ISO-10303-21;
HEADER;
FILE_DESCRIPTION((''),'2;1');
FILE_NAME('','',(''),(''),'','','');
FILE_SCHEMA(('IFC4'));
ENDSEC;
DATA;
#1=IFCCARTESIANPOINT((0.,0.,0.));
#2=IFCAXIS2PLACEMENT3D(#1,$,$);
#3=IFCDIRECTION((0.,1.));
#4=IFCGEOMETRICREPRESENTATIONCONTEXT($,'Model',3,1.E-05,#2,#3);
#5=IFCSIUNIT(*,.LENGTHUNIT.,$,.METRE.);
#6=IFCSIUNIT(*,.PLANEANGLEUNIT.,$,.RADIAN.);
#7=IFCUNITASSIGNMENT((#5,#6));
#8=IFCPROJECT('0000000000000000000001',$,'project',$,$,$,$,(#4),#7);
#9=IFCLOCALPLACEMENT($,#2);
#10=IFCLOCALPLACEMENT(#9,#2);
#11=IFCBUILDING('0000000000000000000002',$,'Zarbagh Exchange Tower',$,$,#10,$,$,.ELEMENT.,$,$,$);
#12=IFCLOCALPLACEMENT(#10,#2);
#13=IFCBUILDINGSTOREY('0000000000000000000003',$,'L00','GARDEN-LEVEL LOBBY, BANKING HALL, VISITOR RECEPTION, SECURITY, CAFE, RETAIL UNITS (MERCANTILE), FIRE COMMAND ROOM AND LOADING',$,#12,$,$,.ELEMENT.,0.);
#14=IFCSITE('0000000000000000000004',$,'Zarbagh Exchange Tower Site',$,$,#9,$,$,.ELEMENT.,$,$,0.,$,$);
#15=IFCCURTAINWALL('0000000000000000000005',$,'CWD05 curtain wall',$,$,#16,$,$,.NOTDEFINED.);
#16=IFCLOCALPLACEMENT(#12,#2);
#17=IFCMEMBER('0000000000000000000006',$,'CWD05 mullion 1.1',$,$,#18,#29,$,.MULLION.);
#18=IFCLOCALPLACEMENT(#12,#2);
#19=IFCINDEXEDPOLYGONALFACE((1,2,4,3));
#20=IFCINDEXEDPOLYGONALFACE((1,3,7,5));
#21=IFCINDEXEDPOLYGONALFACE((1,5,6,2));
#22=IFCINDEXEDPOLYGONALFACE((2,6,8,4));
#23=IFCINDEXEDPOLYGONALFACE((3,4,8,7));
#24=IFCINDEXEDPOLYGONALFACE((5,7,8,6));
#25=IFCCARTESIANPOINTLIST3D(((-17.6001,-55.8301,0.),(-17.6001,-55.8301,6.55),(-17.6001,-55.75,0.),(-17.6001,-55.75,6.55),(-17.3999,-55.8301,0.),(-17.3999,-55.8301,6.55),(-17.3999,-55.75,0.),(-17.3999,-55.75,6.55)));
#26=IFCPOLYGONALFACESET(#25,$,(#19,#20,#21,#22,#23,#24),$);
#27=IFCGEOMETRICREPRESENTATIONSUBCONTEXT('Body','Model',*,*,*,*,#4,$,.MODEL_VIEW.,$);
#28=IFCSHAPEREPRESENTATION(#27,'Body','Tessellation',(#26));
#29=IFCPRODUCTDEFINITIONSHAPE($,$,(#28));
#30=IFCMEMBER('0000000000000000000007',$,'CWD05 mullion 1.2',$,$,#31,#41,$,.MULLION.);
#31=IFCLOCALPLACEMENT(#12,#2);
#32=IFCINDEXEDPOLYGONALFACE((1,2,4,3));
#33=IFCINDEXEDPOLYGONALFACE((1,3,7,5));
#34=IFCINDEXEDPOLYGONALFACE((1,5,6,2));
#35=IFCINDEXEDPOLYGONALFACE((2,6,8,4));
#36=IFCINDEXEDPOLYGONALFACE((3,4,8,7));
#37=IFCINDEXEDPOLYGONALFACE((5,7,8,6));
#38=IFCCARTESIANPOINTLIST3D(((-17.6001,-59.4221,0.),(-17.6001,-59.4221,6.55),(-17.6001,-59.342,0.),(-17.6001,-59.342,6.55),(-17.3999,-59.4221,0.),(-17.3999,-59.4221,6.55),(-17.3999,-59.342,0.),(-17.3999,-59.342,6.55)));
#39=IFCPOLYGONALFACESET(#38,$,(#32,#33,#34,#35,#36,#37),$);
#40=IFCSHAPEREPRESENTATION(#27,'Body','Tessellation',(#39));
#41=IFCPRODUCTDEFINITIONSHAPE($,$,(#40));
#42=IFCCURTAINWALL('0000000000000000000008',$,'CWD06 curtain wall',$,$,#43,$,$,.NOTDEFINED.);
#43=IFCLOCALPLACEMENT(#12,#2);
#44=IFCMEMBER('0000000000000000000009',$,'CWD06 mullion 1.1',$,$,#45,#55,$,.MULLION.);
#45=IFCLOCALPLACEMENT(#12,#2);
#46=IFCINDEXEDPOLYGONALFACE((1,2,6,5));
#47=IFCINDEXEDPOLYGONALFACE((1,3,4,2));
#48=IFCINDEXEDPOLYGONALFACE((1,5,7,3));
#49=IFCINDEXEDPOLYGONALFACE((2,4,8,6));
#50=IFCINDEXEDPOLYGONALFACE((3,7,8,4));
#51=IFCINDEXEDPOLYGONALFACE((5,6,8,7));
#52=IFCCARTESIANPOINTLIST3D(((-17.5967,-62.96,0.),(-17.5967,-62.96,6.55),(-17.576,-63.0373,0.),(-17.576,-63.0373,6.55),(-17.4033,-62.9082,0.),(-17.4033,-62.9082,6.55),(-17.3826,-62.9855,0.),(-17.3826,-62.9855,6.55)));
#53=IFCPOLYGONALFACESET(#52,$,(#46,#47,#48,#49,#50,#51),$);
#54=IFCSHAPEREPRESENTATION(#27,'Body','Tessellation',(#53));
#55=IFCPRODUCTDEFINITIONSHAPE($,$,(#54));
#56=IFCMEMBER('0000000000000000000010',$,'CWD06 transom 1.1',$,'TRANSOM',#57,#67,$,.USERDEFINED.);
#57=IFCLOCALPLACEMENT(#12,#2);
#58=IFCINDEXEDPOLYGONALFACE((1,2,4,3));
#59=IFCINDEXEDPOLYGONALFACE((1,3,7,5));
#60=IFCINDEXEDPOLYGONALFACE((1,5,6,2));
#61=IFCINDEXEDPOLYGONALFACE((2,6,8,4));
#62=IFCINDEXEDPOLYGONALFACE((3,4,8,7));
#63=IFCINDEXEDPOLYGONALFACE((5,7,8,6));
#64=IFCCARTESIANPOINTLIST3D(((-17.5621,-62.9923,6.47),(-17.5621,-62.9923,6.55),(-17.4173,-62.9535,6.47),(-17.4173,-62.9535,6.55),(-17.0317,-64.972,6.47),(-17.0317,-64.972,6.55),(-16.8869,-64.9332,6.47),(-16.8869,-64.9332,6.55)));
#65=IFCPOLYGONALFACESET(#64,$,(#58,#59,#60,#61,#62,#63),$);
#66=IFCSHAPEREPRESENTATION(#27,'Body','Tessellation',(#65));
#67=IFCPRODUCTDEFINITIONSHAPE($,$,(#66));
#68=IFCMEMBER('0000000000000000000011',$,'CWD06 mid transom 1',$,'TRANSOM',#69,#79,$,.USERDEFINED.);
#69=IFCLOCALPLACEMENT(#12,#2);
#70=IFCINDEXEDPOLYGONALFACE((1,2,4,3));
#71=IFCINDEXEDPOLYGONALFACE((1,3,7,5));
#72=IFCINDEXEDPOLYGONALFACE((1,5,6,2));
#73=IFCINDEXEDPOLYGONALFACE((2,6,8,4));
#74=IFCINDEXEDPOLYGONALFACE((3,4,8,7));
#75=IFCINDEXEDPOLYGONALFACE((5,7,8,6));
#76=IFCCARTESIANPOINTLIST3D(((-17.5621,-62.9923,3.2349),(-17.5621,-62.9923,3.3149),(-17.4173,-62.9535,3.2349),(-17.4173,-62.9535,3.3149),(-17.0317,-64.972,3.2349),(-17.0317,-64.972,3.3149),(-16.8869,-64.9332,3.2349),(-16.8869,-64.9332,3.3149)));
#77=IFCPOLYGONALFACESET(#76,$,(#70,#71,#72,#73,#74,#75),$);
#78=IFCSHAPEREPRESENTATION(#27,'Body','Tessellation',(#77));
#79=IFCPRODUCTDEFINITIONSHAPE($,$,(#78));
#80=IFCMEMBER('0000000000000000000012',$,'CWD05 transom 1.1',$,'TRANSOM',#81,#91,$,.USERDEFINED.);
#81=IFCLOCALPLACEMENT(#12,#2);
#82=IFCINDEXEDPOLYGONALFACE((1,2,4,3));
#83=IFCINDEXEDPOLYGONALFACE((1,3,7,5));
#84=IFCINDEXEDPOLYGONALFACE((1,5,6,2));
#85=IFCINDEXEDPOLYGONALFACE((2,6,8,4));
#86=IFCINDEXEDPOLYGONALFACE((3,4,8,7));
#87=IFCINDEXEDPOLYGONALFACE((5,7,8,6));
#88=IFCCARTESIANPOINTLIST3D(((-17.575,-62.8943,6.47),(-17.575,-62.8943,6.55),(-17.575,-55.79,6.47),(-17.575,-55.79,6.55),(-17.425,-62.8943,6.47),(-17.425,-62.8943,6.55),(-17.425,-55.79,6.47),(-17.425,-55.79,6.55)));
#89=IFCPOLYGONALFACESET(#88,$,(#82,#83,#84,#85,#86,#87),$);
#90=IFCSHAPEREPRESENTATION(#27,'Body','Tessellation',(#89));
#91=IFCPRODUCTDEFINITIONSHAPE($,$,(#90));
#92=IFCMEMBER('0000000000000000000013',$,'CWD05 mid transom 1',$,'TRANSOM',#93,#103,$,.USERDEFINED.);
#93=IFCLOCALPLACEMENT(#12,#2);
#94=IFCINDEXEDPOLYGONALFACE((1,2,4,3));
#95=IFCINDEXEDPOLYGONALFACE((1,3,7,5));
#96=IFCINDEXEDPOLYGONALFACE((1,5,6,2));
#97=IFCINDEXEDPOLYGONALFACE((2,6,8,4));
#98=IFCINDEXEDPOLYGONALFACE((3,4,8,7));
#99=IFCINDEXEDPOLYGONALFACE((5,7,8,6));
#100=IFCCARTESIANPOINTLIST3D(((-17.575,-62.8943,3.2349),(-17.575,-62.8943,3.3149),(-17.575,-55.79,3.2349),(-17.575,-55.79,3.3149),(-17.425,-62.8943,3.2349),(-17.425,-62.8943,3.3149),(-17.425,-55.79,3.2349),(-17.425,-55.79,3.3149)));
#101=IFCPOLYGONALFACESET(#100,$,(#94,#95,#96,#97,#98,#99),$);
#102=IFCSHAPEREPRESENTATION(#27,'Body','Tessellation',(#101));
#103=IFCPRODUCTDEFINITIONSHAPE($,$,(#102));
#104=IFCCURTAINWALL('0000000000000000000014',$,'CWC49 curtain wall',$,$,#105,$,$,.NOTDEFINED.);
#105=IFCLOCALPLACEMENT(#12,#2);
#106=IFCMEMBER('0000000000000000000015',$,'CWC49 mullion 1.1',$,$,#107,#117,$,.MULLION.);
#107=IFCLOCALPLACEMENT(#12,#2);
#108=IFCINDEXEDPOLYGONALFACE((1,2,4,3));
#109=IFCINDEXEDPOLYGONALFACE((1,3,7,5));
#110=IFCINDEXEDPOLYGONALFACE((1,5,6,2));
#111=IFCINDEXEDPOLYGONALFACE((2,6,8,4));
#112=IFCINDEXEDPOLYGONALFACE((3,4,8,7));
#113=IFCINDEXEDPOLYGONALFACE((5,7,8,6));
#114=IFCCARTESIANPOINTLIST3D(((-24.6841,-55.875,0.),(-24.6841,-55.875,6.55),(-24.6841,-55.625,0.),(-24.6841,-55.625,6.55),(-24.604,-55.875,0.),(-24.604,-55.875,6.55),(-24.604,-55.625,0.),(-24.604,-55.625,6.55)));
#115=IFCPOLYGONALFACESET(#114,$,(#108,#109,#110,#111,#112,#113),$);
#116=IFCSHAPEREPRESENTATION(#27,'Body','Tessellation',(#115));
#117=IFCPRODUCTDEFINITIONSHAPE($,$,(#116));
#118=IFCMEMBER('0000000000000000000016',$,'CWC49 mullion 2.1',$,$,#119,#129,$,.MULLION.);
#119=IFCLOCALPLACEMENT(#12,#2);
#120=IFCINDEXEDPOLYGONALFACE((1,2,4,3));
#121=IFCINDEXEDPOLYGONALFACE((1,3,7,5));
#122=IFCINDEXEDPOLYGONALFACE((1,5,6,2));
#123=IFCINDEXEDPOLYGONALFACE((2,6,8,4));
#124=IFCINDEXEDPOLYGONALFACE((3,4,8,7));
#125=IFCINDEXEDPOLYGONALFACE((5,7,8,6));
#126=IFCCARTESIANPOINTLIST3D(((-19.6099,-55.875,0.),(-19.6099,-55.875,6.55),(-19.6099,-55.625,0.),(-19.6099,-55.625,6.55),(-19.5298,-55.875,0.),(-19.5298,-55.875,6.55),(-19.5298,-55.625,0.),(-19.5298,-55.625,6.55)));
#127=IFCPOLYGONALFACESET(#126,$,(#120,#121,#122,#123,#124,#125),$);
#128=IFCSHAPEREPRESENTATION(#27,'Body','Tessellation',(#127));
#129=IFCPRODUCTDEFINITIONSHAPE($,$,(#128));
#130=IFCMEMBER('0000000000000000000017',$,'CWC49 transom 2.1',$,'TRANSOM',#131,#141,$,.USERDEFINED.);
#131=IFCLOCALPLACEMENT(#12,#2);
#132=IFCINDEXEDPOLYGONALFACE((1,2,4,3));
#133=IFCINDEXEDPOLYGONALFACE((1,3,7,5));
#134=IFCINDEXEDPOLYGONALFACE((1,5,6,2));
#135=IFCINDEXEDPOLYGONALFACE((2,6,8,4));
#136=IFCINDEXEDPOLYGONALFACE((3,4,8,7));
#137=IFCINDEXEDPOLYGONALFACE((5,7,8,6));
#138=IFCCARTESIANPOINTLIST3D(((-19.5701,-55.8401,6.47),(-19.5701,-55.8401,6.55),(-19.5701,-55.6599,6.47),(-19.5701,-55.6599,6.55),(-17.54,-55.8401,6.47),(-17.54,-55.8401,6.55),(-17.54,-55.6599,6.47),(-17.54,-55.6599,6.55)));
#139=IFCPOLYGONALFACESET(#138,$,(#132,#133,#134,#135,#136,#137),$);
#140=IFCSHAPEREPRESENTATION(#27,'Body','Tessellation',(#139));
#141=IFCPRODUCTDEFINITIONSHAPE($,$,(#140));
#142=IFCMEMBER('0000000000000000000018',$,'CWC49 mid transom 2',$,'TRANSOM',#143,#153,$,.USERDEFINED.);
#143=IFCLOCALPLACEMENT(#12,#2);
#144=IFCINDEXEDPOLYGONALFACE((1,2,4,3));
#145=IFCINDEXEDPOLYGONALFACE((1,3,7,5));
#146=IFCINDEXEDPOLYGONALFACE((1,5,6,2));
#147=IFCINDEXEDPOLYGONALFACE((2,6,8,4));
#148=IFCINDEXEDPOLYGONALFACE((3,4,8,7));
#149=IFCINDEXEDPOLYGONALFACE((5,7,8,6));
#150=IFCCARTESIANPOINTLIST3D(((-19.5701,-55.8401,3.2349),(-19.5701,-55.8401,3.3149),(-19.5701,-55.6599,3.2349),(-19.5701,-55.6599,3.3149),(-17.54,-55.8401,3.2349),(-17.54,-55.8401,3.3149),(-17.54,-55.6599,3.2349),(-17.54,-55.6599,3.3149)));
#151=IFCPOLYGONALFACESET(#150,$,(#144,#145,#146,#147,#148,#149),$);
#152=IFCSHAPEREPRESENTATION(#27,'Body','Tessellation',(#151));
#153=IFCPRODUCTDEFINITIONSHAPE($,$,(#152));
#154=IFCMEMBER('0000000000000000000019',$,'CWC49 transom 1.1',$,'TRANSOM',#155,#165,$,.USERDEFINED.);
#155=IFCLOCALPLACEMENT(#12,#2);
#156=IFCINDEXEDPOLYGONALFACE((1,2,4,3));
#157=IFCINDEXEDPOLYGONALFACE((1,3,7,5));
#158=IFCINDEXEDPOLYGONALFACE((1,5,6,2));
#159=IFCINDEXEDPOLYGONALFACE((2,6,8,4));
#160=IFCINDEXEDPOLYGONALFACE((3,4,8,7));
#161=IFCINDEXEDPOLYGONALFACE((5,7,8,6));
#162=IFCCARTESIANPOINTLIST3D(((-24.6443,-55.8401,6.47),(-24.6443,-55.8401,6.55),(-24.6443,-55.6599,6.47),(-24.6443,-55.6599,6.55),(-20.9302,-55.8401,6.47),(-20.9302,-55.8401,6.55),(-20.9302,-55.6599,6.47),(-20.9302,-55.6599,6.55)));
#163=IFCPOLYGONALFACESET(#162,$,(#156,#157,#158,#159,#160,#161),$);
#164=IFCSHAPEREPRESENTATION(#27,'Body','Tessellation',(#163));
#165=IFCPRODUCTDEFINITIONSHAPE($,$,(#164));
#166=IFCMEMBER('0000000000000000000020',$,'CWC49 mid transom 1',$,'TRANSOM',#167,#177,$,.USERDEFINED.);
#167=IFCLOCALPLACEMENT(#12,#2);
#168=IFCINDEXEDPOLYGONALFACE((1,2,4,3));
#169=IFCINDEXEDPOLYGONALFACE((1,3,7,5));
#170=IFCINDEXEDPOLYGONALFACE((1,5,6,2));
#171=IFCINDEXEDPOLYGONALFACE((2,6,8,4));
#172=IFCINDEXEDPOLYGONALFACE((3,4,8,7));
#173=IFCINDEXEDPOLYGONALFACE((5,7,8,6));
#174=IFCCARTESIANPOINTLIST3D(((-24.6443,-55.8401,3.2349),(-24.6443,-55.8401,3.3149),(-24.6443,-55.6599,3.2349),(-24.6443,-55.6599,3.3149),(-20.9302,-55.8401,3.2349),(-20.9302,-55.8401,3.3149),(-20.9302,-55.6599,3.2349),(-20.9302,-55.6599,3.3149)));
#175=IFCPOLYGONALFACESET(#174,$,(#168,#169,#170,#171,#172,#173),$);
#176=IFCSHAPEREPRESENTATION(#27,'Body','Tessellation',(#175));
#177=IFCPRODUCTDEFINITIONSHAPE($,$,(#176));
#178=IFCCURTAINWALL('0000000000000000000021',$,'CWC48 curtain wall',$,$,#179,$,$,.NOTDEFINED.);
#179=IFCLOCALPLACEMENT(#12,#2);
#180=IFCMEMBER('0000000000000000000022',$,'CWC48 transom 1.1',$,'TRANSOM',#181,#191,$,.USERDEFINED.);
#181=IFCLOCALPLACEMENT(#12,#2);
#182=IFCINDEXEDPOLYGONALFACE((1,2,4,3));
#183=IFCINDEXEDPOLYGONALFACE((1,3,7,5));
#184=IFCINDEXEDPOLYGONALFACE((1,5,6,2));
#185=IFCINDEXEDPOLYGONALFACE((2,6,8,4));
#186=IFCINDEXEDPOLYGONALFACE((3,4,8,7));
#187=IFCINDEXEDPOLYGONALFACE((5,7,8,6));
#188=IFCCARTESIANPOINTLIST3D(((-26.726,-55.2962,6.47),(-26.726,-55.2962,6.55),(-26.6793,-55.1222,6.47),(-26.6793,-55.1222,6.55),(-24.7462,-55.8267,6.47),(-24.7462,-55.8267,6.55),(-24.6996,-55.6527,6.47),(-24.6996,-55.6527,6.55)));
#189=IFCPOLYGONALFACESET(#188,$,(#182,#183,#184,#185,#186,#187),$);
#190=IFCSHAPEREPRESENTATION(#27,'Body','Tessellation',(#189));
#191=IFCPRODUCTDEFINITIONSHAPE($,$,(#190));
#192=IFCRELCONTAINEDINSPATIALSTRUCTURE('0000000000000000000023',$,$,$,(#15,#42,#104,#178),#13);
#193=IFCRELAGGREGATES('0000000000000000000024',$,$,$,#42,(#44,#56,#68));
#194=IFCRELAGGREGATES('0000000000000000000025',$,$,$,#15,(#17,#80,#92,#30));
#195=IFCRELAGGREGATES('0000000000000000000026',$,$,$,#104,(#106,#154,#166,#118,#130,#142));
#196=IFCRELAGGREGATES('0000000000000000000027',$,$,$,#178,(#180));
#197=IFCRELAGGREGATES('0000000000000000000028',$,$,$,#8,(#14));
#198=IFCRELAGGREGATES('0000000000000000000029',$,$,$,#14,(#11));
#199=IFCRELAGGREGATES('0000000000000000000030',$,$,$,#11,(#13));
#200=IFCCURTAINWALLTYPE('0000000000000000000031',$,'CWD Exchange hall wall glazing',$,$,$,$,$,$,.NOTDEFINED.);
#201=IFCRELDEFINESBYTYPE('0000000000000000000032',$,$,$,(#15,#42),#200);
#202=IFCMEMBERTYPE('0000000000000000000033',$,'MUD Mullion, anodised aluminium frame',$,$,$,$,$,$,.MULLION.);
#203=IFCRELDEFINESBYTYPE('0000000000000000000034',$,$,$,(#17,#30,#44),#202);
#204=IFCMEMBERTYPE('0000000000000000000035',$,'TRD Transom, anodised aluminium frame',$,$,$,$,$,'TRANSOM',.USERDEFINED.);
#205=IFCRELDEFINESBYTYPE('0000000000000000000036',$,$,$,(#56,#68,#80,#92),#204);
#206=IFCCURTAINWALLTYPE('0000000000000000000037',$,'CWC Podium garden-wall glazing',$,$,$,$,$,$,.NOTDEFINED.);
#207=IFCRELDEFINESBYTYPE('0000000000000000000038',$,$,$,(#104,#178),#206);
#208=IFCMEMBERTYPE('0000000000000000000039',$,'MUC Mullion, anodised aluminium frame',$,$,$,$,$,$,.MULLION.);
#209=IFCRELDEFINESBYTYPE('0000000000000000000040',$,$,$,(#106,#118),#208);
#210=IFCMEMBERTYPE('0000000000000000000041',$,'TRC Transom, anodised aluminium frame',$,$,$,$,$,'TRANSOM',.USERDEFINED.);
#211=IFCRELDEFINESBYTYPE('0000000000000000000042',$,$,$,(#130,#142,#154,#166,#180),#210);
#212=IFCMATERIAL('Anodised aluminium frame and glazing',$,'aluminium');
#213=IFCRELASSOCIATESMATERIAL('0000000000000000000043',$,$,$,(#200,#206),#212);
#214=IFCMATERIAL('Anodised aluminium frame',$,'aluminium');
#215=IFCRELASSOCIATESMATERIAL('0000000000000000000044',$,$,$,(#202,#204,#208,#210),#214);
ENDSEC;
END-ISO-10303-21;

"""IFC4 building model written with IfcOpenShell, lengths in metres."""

from ifc_helpers import new_model, si_unit, direction, origin, place, context, subcontext, project, spatial, polyline, outline, extrude, source, transform, mapped, material, type_object, element, aggregate, save


model = new_model("IFC4")

# Units and contexts
model_context = context("Model", 3, precision=1e-05, world=origin(), true_north=direction((0.0, 1.0)))
body_context = subcontext(model_context, "Body", "Model", "MODEL_VIEW")
ifc_project = project(units=[si_unit("LENGTHUNIT", "METRE"), si_unit("PLANEANGLEUNIT", "RADIAN")], contexts=[model_context])

# Site, building, storey
site_placement = place(None, origin())
site = spatial("IfcSite", under=ifc_project, at=site_placement, Name="Zarbagh Exchange Tower Site", CompositionType="ELEMENT", RefElevation=0.0)
building_placement = place(site_placement, origin())
building = spatial("IfcBuilding", under=site, at=building_placement, Name="Zarbagh Exchange Tower", CompositionType="ELEMENT")
storey_placement = place(building_placement, origin())
storey = spatial("IfcBuildingStorey", under=building, at=storey_placement, Name="L00", Description="GARDEN-LEVEL LOBBY, BANKING HALL, VISITOR RECEPTION, SECURITY, CAFE, RETAIL UNITS (MERCANTILE), FIRE COMMAND ROOM AND LOADING", CompositionType="ELEMENT", Elevation=0.0)

# Curtain walls, members
ifc_material_1 = material(Name="Anodised aluminium frame and glazing", Category="aluminium")
curtain_wall_type_1 = type_object("IfcCurtainWallType", Name="CWD Exchange hall wall glazing", PredefinedType="NOTDEFINED", material=ifc_material_1)
curtain_wall_1_placement = place(storey_placement, origin())
curtain_wall_1 = element("IfcCurtainWall", 1, at=curtain_wall_1_placement, inside=storey, type_object=curtain_wall_type_1, Name="CWD05 curtain wall", PredefinedType="NOTDEFINED")
ifc_material_2 = material(Name="Anodised aluminium frame", Category="aluminium")
member_type_1 = type_object("IfcMemberType", Name="MUD Mullion, anodised aluminium frame", PredefinedType="MULLION", material=ifc_material_2)
shared_shape_1 = source(origin(), body_context, "Body", "SweptSolid", [
    extrude(outline(polyline([(0.0, -0.1001), (0.0801, -0.1001), (0.0801, 0.1001), (0.0, 0.1001), (0.0, -0.1001)])), origin(), (0.0, 0.0, 1.0), 6.55),
])
placement = place(storey_placement, origin())
member_1 = element("IfcMember", 2, at=placement, type_object=member_type_1, Name="CWD05 mullion 1.1", PredefinedType="MULLION", context=body_context, shape_type="MappedRepresentation", body=[
    mapped(shared_shape_1, transform((-17.5, -55.75, 0.0), x_axis=(0.0, -1.0, 0.0), y_axis=(1.0, 0.0, 0.0), z_axis=(0.0, 0.0, 1.0))),
])
member_2 = element("IfcMember", 3, at=placement, type_object=member_type_1, Name="CWD05 mullion 1.2", PredefinedType="MULLION", context=body_context, shape_type="MappedRepresentation", body=[
    mapped(shared_shape_1, transform((-17.5, -59.342, 0.0), x_axis=(0.0, -1.0, 0.0), y_axis=(1.0, 0.0, 0.0), z_axis=(0.0, 0.0, 1.0))),
])
curtain_wall_2_placement = place(storey_placement, origin())
curtain_wall_2 = element("IfcCurtainWall", 4, at=curtain_wall_2_placement, inside=storey, type_object=curtain_wall_type_1, Name="CWD06 curtain wall", PredefinedType="NOTDEFINED")
member_3 = element("IfcMember", 5, at=placement, type_object=member_type_1, Name="CWD06 mullion 1.1", PredefinedType="MULLION", context=body_context, shape_type="MappedRepresentation", body=[
    mapped(shared_shape_1, transform((-17.5, -62.9341, 0.0), x_axis=(0.258825, -0.965924, 0.0), y_axis=(0.965924, 0.258825, 0.0), z_axis=(0.0, 0.0, 1.0))),
])
member_type_2 = type_object("IfcMemberType", Name="TRD Transom, anodised aluminium frame", ElementType="TRANSOM", PredefinedType="USERDEFINED", material=ifc_material_2)
shared_shape_2 = source(origin(), body_context, "Body", "SweptSolid", [
    extrude(outline(polyline([(-0.0801, -0.075), (0.0, -0.075), (0.0, 0.075), (-0.0801, 0.075), (-0.0801, -0.075)])), origin(), (0.0, 0.0, 1.0), 2.0496),
])
member_4 = element("IfcMember", 6, at=placement, type_object=member_type_2, Name="CWD06 transom 1.1", ObjectType="TRANSOM", PredefinedType="USERDEFINED", context=body_context, shape_type="MappedRepresentation", body=[
    mapped(shared_shape_2, transform((-17.4897, -62.9729, 6.55), x_axis=(0.0, 0.0, 1.0), y_axis=(-0.965924, -0.258825, 0.0), z_axis=(0.258825, -0.965924, 0.0))),
])
shared_shape_3 = source(origin(), body_context, "Body", "SweptSolid", [
    extrude(outline(polyline([(-0.04, -0.075), (0.04, -0.075), (0.04, 0.075), (-0.04, 0.075), (-0.04, -0.075)])), origin(), (0.0, 0.0, 1.0), 2.0496),
])
member_5 = element("IfcMember", 7, at=placement, type_object=member_type_2, Name="CWD06 mid transom 1", ObjectType="TRANSOM", PredefinedType="USERDEFINED", context=body_context, shape_type="MappedRepresentation", body=[
    mapped(shared_shape_3, transform((-17.4897, -62.9729, 3.2749), x_axis=(0.0, 0.0, 1.0), y_axis=(-0.965924, -0.258825, 0.0), z_axis=(0.258825, -0.965924, 0.0))),
])

# Members
shared_shape_4 = source(origin(), body_context, "Body", "SweptSolid", [
    extrude(outline(polyline([(-0.0801, -0.075), (0.0, -0.075), (0.0, 0.075), (-0.0801, 0.075), (-0.0801, -0.075)])), origin(), (0.0, 0.0, 1.0), 7.1042),
])
member_6 = element("IfcMember", 8, at=placement, type_object=member_type_2, Name="CWD05 transom 1.1", ObjectType="TRANSOM", PredefinedType="USERDEFINED", context=body_context, shape_type="MappedRepresentation", body=[
    mapped(shared_shape_4, transform((-17.5, -55.79, 6.55), x_axis=(0.0, 0.0, 1.0), y_axis=(-1.0, 0.0, 0.0), z_axis=(0.0, -1.0, 0.0))),
])
shared_shape_5 = source(origin(), body_context, "Body", "SweptSolid", [
    extrude(outline(polyline([(-0.04, -0.075), (0.04, -0.075), (0.04, 0.075), (-0.04, 0.075), (-0.04, -0.075)])), origin(), (0.0, 0.0, 1.0), 7.1042),
])
member_7 = element("IfcMember", 9, at=placement, type_object=member_type_2, Name="CWD05 mid transom 1", ObjectType="TRANSOM", PredefinedType="USERDEFINED", context=body_context, shape_type="MappedRepresentation", body=[
    mapped(shared_shape_5, transform((-17.5, -55.79, 3.2749), x_axis=(0.0, 0.0, 1.0), y_axis=(-1.0, 0.0, 0.0), z_axis=(0.0, -1.0, 0.0))),
])

# Curtain wall, members
curtain_wall_type_2 = type_object("IfcCurtainWallType", Name="CWC Podium garden-wall glazing", PredefinedType="NOTDEFINED", material=ifc_material_1)
curtain_wall_3_placement = place(storey_placement, origin())
curtain_wall_3 = element("IfcCurtainWall", 10, at=curtain_wall_3_placement, inside=storey, type_object=curtain_wall_type_2, Name="CWC49 curtain wall", PredefinedType="NOTDEFINED")
member_type_3 = type_object("IfcMemberType", Name="MUC Mullion, anodised aluminium frame", PredefinedType="MULLION", material=ifc_material_2)
shared_shape_6 = source(origin(), body_context, "Body", "SweptSolid", [
    extrude(outline(polyline([(0.0, -0.125), (0.0801, -0.125), (0.0801, 0.125), (0.0, 0.125), (0.0, -0.125)])), origin(), (0.0, 0.0, 1.0), 6.55),
])
member_8 = element("IfcMember", 11, at=placement, type_object=member_type_3, Name="CWC49 mullion 1.1", PredefinedType="MULLION", context=body_context, shape_type="MappedRepresentation", body=[
    mapped(shared_shape_6, transform((-24.6841, -55.75, 0.0), x_axis=(1.0, 0.0, 0.0), y_axis=(0.0, 1.0, 0.0), z_axis=(0.0, 0.0, 1.0))),
])
member_9 = element("IfcMember", 12, at=placement, type_object=member_type_3, Name="CWC49 mullion 2.1", PredefinedType="MULLION", context=body_context, shape_type="MappedRepresentation", body=[
    mapped(shared_shape_6, transform((-19.6099, -55.75, 0.0), x_axis=(1.0, 0.0, 0.0), y_axis=(0.0, 1.0, 0.0), z_axis=(0.0, 0.0, 1.0))),
])
member_type_4 = type_object("IfcMemberType", Name="TRC Transom, anodised aluminium frame", ElementType="TRANSOM", PredefinedType="USERDEFINED", material=ifc_material_2)
shared_shape_7 = source(origin(), body_context, "Body", "SweptSolid", [
    extrude(outline(polyline([(-0.0801, -0.0901), (0.0, -0.0901), (0.0, 0.0901), (-0.0801, 0.0901), (-0.0801, -0.0901)])), origin(), (0.0, 0.0, 1.0), 2.03),
])
member_10 = element("IfcMember", 13, at=placement, type_object=member_type_4, Name="CWC49 transom 2.1", ObjectType="TRANSOM", PredefinedType="USERDEFINED", context=body_context, shape_type="MappedRepresentation", body=[
    mapped(shared_shape_7, transform((-19.5701, -55.75, 6.55), x_axis=(0.0, 0.0, 1.0), y_axis=(0.0, -1.0, 0.0), z_axis=(1.0, 0.0, 0.0))),
])
shared_shape_8 = source(origin(), body_context, "Body", "SweptSolid", [
    extrude(outline(polyline([(-0.04, -0.0901), (0.04, -0.0901), (0.04, 0.0901), (-0.04, 0.0901), (-0.04, -0.0901)])), origin(), (0.0, 0.0, 1.0), 2.03),
])
member_11 = element("IfcMember", 14, at=placement, type_object=member_type_4, Name="CWC49 mid transom 2", ObjectType="TRANSOM", PredefinedType="USERDEFINED", context=body_context, shape_type="MappedRepresentation", body=[
    mapped(shared_shape_8, transform((-19.5701, -55.75, 3.2749), x_axis=(0.0, 0.0, 1.0), y_axis=(0.0, -1.0, 0.0), z_axis=(1.0, 0.0, 0.0))),
])
shared_shape_9 = source(origin(), body_context, "Body", "SweptSolid", [
    extrude(outline(polyline([(-0.0801, -0.0901), (0.0, -0.0901), (0.0, 0.0901), (-0.0801, 0.0901), (-0.0801, -0.0901)])), origin(), (0.0, 0.0, 1.0), 3.7141),
])
member_12 = element("IfcMember", 15, at=placement, type_object=member_type_4, Name="CWC49 transom 1.1", ObjectType="TRANSOM", PredefinedType="USERDEFINED", context=body_context, shape_type="MappedRepresentation", body=[
    mapped(shared_shape_9, transform((-24.6443, -55.75, 6.55), x_axis=(0.0, 0.0, 1.0), y_axis=(0.0, -1.0, 0.0), z_axis=(1.0, 0.0, 0.0))),
])
shared_shape_10 = source(origin(), body_context, "Body", "SweptSolid", [
    extrude(outline(polyline([(-0.04, -0.0901), (0.04, -0.0901), (0.04, 0.0901), (-0.04, 0.0901), (-0.04, -0.0901)])), origin(), (0.0, 0.0, 1.0), 3.7141),
])
member_13 = element("IfcMember", 16, at=placement, type_object=member_type_4, Name="CWC49 mid transom 1", ObjectType="TRANSOM", PredefinedType="USERDEFINED", context=body_context, shape_type="MappedRepresentation", body=[
    mapped(shared_shape_10, transform((-24.6443, -55.75, 3.2749), x_axis=(0.0, 0.0, 1.0), y_axis=(0.0, -1.0, 0.0), z_axis=(1.0, 0.0, 0.0))),
])

# Curtain wall, member
curtain_wall_4_placement = place(storey_placement, origin())
curtain_wall_4 = element("IfcCurtainWall", 17, at=curtain_wall_4_placement, inside=storey, type_object=curtain_wall_type_2, Name="CWC48 curtain wall", PredefinedType="NOTDEFINED")
shared_shape_11 = source(origin(), body_context, "Body", "SweptSolid", [
    extrude(outline(polyline([(-0.0801, -0.0901), (0.0, -0.0901), (0.0, 0.0901), (-0.0801, 0.0901), (-0.0801, -0.0901)])), origin(), (0.0, 0.0, 1.0), 2.0496),
])
member_14 = element("IfcMember", 18, at=placement, type_object=member_type_4, Name="CWC48 transom 1.1", ObjectType="TRANSOM", PredefinedType="USERDEFINED", context=body_context, shape_type="MappedRepresentation", body=[
    mapped(shared_shape_11, transform((-26.7026, -55.2092, 6.55), x_axis=(0.0, 0.0, 1.0), y_axis=(-0.258825, -0.965924, 0.0), z_axis=(0.965924, -0.258825, 0.0))),
])

aggregate(curtain_wall_2, [member_3, member_4, member_5])
aggregate(curtain_wall_1, [member_1, member_6, member_7, member_2])
aggregate(curtain_wall_3, [member_8, member_12, member_13, member_9, member_10, member_11])
aggregate(curtain_wall_4, [member_14])

save(model, "model.ifc")
